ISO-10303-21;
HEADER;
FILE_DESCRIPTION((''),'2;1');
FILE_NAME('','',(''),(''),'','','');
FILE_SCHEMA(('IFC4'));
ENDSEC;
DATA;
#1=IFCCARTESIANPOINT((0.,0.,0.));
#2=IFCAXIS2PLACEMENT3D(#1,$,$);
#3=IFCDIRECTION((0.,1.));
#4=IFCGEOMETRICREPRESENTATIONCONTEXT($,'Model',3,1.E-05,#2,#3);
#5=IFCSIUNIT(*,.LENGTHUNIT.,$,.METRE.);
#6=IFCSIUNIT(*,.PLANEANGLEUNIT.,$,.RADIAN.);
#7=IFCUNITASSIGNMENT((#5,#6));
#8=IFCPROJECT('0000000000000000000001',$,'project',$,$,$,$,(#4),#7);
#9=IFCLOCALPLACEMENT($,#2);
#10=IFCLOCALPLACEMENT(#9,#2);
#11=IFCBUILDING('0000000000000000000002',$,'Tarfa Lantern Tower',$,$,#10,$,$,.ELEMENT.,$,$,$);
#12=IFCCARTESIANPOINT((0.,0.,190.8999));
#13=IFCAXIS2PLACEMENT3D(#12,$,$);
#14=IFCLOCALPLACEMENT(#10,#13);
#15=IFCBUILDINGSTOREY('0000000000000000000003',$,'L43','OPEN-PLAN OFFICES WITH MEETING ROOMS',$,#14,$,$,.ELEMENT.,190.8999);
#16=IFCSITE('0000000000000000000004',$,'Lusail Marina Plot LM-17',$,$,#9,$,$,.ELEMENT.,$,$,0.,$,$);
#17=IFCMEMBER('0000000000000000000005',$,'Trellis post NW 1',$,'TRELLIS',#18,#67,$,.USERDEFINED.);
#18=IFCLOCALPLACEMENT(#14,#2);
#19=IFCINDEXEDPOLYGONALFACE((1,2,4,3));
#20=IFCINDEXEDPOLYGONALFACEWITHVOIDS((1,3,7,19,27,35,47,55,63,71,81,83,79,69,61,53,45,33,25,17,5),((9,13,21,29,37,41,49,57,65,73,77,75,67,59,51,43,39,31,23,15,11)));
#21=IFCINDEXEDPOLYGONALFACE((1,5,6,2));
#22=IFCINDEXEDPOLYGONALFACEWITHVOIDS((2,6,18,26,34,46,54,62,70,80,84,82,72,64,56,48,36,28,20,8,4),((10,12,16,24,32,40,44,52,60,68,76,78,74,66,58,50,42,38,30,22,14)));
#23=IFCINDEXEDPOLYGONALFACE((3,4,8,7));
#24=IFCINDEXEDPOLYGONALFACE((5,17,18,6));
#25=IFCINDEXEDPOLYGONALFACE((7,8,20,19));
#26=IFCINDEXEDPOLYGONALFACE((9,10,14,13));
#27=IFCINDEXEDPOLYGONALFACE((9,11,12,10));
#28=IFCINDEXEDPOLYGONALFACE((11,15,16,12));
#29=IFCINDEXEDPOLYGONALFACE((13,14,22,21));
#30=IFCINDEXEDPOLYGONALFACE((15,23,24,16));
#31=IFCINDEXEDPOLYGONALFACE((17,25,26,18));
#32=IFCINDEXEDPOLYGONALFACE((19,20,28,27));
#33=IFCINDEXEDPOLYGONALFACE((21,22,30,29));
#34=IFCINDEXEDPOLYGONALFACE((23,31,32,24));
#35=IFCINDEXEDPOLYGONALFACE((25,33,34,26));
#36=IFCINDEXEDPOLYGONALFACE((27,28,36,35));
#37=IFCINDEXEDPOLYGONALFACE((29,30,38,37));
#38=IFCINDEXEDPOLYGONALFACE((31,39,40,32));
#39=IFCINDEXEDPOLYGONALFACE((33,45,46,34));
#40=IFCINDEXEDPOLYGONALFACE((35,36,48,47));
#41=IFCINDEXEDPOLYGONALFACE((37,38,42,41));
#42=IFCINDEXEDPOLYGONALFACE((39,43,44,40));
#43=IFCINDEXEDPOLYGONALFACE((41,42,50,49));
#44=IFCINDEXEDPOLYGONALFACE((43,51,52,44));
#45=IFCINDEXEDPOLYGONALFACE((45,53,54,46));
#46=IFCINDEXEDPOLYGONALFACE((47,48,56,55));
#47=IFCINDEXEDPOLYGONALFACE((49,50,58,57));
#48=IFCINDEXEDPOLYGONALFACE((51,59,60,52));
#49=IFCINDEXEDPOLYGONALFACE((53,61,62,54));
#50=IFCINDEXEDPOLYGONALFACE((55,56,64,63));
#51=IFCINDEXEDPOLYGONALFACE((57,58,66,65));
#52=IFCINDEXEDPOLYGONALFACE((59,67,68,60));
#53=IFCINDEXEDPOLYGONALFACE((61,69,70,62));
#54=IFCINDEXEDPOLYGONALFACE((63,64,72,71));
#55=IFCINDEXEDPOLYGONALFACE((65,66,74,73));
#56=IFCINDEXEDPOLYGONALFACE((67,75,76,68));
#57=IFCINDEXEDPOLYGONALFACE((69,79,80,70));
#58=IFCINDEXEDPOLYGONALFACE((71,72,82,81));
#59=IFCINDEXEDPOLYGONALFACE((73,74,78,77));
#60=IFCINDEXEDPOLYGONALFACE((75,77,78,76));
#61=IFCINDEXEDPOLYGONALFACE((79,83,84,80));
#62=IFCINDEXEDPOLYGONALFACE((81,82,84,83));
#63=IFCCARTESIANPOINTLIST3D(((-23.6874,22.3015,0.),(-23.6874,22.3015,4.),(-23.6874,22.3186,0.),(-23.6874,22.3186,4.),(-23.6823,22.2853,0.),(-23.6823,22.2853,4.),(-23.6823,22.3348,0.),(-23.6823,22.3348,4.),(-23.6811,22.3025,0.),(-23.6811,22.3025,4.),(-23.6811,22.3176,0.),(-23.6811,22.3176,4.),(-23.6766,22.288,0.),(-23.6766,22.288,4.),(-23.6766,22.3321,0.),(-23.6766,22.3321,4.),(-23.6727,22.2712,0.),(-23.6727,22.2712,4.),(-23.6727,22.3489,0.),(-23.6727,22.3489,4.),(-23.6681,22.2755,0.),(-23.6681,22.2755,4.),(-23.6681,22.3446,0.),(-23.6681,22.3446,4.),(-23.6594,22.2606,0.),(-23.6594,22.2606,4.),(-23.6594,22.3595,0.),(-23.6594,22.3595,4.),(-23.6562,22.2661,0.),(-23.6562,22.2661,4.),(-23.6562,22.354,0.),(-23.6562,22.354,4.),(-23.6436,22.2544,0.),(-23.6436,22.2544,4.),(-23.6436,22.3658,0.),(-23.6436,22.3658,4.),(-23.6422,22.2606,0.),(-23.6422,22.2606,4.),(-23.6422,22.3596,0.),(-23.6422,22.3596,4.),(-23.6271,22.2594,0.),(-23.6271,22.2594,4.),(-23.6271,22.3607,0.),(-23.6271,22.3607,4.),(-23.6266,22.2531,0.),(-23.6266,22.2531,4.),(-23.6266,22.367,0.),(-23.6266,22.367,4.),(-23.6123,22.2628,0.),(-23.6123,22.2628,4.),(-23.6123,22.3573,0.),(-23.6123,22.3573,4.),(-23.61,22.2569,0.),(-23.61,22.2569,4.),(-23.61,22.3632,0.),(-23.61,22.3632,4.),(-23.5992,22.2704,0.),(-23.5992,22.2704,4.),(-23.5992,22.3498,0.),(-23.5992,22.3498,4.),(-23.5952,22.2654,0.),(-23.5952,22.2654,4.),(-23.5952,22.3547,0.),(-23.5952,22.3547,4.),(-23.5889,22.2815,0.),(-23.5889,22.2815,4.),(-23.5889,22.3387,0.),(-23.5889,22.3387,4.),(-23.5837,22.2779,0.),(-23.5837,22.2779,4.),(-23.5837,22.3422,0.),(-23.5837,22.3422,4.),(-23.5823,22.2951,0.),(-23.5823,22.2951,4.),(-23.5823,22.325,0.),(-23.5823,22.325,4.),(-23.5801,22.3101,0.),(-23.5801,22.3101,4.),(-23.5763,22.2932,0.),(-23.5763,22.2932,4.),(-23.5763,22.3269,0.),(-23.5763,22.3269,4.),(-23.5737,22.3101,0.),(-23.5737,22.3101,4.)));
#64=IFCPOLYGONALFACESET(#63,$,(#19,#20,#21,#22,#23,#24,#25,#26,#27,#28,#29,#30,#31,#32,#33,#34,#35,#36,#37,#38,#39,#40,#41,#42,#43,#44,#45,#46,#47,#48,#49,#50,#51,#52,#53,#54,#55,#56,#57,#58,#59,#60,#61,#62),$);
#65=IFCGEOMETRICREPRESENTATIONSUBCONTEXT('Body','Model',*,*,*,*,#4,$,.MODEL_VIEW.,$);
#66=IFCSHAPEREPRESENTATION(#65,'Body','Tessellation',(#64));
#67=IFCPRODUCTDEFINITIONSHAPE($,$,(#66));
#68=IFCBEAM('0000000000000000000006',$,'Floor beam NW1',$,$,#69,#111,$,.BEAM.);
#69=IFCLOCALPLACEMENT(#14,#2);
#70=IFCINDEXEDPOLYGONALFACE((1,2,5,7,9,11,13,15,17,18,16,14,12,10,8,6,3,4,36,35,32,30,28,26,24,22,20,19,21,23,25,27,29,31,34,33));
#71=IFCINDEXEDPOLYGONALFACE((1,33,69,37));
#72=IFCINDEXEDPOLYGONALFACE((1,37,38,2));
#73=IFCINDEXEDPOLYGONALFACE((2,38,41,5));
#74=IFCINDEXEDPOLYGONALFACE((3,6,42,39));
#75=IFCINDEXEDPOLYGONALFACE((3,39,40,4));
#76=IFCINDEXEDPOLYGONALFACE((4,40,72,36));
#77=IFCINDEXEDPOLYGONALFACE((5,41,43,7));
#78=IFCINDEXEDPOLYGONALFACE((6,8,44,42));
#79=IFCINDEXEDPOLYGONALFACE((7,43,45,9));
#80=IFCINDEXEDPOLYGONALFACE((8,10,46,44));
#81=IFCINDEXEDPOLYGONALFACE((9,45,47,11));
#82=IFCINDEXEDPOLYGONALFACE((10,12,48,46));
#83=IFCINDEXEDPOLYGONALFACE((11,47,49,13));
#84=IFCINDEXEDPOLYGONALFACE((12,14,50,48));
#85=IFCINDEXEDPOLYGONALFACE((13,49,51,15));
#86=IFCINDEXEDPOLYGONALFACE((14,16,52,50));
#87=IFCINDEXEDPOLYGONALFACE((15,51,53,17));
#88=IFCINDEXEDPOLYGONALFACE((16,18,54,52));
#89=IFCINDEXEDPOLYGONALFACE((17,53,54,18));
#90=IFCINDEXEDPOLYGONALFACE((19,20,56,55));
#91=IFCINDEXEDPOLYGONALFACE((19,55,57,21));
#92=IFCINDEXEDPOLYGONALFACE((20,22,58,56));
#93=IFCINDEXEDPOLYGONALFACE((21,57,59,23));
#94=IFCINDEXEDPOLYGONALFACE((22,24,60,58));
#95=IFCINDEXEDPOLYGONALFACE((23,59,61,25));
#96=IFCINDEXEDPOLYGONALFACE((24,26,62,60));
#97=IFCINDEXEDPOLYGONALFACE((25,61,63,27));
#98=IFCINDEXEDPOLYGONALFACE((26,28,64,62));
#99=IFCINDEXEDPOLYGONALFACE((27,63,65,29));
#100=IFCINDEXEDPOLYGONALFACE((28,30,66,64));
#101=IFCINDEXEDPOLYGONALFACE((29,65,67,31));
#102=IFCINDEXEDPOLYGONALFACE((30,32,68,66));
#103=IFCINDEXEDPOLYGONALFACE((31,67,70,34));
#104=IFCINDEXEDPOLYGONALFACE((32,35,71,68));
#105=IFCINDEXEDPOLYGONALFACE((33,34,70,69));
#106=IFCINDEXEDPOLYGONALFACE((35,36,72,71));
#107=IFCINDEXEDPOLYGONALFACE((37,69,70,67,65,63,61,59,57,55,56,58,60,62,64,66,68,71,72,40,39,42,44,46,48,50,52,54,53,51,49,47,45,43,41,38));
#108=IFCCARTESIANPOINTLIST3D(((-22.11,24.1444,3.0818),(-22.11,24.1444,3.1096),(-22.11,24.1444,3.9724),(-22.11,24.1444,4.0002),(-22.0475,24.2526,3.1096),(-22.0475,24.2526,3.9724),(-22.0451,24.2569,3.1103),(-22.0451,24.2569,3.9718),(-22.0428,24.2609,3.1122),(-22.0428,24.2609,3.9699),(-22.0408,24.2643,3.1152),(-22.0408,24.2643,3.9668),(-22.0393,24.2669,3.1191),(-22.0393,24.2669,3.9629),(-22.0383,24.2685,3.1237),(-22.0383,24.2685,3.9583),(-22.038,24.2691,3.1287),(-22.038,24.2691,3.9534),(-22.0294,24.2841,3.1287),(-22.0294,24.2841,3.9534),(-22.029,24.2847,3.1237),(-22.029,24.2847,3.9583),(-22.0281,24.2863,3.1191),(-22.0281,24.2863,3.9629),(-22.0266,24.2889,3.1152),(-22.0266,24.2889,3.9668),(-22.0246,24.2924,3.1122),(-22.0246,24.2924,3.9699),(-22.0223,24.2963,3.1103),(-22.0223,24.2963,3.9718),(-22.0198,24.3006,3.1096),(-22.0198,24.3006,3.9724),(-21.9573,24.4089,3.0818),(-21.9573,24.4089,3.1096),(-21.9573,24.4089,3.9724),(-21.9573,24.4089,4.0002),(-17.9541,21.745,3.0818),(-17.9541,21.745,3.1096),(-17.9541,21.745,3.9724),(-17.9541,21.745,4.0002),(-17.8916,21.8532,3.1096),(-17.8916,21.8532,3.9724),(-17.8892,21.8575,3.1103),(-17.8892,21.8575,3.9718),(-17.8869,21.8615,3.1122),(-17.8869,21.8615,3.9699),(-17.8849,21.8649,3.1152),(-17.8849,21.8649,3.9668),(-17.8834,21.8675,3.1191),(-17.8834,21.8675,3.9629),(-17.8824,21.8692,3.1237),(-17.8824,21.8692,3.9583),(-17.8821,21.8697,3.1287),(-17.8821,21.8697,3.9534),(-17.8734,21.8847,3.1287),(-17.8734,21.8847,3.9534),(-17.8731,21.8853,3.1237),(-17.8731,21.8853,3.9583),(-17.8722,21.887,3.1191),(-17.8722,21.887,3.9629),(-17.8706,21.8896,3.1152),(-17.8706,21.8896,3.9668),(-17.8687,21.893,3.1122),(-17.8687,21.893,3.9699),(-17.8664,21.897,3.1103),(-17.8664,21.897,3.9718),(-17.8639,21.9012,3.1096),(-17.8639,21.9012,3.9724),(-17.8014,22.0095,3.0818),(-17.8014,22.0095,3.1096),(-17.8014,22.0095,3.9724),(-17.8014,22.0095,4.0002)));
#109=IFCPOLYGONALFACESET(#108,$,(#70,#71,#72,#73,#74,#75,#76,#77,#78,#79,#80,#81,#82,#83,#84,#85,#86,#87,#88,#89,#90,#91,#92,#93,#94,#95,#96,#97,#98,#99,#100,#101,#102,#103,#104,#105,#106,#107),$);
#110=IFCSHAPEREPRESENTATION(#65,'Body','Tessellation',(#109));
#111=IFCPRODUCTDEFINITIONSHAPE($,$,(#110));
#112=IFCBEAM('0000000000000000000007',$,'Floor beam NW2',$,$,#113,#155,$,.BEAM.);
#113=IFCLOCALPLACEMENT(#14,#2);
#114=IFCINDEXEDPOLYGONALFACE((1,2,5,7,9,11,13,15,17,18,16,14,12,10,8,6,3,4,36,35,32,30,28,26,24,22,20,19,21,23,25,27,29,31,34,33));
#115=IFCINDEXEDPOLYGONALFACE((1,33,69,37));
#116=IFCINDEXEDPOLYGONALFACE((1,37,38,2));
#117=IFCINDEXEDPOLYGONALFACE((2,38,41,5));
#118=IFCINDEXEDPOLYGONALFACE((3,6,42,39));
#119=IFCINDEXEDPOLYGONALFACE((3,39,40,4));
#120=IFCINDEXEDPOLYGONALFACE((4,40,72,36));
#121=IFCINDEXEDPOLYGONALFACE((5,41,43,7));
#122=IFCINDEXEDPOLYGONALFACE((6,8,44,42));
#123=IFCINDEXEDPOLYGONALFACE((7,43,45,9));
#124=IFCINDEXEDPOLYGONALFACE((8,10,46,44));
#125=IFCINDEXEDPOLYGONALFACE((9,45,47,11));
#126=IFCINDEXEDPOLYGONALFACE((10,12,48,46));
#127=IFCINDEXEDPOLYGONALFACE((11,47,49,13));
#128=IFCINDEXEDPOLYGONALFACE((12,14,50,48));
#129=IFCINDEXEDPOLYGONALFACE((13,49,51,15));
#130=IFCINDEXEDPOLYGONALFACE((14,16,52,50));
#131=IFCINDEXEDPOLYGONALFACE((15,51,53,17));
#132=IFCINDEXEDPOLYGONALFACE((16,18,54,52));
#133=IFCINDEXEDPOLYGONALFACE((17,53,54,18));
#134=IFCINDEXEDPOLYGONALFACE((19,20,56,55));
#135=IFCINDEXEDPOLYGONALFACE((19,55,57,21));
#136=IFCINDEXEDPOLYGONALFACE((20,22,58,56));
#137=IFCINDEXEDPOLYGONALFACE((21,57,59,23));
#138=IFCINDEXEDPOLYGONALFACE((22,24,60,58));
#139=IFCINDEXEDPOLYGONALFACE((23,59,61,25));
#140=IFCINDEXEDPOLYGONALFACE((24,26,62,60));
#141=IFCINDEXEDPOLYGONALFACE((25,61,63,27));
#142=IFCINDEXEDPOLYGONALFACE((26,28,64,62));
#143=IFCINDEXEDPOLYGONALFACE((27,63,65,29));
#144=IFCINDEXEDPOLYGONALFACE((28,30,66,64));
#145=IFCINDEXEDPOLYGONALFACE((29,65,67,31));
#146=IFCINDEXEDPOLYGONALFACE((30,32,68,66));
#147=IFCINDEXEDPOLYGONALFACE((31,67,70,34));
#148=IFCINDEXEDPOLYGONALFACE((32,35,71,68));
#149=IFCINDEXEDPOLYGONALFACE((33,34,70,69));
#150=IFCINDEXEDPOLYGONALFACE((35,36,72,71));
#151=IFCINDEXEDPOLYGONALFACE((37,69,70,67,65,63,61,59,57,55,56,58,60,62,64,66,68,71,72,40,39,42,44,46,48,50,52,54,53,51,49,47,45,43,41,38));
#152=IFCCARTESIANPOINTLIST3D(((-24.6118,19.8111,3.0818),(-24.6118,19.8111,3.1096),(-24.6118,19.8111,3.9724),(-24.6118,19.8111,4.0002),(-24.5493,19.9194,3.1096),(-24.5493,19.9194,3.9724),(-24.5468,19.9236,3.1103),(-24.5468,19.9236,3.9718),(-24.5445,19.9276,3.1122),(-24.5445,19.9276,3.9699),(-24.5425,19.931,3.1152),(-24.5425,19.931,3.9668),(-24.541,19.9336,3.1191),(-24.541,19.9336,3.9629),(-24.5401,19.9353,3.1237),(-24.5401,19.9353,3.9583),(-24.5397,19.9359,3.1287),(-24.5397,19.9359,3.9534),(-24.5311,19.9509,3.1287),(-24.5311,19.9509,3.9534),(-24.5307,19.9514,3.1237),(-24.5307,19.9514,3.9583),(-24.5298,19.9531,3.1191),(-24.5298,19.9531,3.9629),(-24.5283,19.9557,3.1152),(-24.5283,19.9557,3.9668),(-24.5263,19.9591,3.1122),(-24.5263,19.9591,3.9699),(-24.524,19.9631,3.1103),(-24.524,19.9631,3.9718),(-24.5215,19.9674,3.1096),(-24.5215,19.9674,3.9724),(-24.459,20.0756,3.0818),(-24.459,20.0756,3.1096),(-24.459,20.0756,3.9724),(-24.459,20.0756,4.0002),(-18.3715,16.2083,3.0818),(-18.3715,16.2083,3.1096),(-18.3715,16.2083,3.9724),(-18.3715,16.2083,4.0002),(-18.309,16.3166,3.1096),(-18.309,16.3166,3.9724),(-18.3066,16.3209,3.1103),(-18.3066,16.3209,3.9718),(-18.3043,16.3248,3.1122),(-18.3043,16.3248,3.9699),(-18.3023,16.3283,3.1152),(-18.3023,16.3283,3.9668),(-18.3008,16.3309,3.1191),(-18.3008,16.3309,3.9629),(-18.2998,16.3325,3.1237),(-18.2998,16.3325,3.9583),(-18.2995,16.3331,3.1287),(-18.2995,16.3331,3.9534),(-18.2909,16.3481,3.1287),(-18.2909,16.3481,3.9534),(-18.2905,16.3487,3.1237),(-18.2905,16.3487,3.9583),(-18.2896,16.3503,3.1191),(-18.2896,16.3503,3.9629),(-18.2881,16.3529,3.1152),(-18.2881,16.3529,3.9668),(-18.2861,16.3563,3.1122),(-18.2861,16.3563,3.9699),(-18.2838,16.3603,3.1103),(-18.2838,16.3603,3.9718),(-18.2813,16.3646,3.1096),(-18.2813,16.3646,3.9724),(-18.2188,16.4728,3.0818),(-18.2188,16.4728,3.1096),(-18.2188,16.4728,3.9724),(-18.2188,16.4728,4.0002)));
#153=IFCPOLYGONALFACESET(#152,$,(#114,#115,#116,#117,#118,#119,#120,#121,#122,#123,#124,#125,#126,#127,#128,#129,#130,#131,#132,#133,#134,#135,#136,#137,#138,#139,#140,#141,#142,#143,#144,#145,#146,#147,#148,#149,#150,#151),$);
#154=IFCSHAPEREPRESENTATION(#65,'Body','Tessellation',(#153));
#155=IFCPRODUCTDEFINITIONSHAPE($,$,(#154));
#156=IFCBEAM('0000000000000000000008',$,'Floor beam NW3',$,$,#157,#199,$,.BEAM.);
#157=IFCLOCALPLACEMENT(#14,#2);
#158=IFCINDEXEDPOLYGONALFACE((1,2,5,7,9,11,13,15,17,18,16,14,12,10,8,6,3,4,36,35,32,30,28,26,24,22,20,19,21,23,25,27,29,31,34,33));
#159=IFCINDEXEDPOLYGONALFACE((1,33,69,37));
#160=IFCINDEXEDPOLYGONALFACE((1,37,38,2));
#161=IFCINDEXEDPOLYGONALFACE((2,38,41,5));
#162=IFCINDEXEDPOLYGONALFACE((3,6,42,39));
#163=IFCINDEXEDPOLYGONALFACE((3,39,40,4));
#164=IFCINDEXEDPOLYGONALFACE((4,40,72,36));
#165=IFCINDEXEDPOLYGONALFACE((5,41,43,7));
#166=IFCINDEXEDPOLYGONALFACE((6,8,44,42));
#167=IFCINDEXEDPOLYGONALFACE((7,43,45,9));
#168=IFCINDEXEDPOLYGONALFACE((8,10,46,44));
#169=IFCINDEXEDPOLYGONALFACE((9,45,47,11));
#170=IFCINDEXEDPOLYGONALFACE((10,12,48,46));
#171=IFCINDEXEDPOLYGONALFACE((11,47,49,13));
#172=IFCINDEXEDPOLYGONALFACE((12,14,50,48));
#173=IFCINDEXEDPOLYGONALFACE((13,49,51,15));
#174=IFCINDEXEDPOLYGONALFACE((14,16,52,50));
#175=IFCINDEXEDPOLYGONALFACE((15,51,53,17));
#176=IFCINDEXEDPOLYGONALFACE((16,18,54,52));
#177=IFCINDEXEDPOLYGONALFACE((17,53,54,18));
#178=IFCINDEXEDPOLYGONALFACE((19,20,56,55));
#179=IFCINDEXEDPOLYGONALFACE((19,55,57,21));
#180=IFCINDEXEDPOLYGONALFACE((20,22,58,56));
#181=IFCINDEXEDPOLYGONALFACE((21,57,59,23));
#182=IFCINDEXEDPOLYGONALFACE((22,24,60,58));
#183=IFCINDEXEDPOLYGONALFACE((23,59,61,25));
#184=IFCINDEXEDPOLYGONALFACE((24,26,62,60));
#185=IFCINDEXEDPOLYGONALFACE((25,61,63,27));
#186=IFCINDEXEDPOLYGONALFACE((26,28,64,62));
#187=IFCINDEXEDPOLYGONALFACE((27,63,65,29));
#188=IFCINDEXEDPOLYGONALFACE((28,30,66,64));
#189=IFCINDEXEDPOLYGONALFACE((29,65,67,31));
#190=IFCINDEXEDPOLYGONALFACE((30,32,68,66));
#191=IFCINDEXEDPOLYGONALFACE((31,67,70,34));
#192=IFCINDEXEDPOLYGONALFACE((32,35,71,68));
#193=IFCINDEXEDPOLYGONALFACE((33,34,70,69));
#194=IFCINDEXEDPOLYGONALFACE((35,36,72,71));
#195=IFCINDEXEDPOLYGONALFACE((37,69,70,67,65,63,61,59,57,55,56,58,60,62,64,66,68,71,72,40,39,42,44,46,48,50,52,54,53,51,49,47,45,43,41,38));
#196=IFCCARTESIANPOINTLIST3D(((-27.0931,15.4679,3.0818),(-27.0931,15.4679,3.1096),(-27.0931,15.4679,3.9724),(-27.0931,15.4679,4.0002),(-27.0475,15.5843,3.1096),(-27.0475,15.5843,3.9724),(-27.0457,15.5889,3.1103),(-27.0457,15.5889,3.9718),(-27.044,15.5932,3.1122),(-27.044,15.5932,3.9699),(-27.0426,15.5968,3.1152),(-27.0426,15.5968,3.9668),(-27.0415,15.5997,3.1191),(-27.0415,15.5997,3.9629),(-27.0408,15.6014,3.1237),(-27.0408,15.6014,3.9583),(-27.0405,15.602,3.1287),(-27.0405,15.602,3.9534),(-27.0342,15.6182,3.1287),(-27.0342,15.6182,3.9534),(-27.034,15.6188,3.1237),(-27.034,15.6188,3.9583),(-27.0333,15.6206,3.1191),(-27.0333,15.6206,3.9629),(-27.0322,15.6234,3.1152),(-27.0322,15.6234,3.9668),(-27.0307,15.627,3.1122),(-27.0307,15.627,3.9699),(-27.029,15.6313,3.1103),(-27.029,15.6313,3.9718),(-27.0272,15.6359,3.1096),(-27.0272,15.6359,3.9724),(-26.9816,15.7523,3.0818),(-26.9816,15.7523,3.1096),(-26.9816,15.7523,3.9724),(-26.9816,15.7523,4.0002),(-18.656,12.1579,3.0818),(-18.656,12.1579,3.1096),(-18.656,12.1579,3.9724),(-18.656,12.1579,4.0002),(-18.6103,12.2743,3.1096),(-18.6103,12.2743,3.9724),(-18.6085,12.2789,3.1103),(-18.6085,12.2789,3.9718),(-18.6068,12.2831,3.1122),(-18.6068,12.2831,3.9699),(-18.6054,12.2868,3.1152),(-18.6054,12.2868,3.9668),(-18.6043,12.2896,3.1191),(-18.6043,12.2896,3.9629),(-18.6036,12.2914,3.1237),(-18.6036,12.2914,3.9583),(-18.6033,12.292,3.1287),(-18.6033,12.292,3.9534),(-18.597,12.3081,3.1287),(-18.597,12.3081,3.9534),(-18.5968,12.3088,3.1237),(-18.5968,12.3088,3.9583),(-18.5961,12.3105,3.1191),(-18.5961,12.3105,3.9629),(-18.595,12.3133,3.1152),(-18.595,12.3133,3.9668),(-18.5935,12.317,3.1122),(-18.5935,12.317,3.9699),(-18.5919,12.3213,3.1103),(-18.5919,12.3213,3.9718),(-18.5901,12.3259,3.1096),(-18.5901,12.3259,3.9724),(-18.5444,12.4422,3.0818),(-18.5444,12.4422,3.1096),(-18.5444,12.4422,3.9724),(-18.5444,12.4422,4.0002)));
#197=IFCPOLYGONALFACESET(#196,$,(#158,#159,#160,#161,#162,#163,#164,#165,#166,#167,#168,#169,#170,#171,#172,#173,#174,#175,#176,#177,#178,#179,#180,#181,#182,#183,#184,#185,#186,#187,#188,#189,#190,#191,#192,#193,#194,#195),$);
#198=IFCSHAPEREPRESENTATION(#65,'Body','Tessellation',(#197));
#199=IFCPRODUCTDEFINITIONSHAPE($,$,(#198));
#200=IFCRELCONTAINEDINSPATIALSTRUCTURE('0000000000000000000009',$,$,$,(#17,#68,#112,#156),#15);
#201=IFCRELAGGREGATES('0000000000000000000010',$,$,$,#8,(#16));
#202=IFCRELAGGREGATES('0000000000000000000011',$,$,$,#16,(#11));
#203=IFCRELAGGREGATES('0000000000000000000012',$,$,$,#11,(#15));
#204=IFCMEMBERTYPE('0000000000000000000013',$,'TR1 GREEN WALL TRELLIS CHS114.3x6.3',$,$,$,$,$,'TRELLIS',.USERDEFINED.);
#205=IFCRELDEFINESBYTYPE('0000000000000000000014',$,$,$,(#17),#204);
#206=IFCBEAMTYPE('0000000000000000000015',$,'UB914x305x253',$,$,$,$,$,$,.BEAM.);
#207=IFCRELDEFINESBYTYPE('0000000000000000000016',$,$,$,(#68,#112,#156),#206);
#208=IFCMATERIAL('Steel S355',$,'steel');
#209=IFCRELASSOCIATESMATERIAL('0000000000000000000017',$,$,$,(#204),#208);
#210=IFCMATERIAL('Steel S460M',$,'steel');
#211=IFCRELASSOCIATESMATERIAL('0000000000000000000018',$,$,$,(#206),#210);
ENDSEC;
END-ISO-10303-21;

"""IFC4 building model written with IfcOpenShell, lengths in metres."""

from ifc_helpers import new_model, si_unit, direction, frame, origin, origin_2d, place, context, subcontext, project, spatial, hollow_circle, i_section, extrude, material, material_profile, profile_set, type_object, element, save


model = new_model("IFC4")

# Units and contexts
model_context = context("Model", 3, precision=1e-05, world=origin(), true_north=direction((0.0, 1.0)))
body_context = subcontext(model_context, "Body", "Model", "MODEL_VIEW")
ifc_project = project(units=[si_unit("LENGTHUNIT", "METRE"), si_unit("PLANEANGLEUNIT", "RADIAN")], contexts=[model_context])

# Site, building, storey
site_placement = place(None, origin())
site = spatial("IfcSite", under=ifc_project, at=site_placement, Name="Lusail Marina Plot LM-17", CompositionType="ELEMENT", RefElevation=0.0)
building_placement = place(site_placement, origin())
building = spatial("IfcBuilding", under=site, at=building_placement, Name="Tarfa Lantern Tower", CompositionType="ELEMENT")
storey_placement = place(building_placement, frame((0.0, 0.0, 190.8999)))
storey = spatial("IfcBuildingStorey", under=building, at=storey_placement, Name="L43", Description="OPEN-PLAN OFFICES WITH MEETING ROOMS", CompositionType="ELEMENT", Elevation=190.8999)

# Member
ifc_material_1 = material(Name="Steel S355", Category="steel")
ifc_material_profile_1 = material_profile(ifc_material_1, hollow_circle(Radius=0.0571, WallThickness=0.0063, at=origin_2d()), Name="CHS114.3x6.3")
ifc_profile_set_1 = profile_set([ifc_material_profile_1], Name="Steel S355")
member_type_1 = type_object("IfcMemberType", Name="TR1 GREEN WALL TRELLIS CHS114.3x6.3", ElementType="TRELLIS", PredefinedType="USERDEFINED", material=ifc_profile_set_1)
member_1_placement = place(storey_placement, frame((-23.6309, 22.3101, 0.0), z_axis=(0.0, 0.0, 1.0), x_axis=(1.0, 0.0, 0.0)))
element("IfcMember", 1, at=member_1_placement, inside=storey, type_object=member_type_1, Name="Trellis post NW 1", ObjectType="TRELLIS", PredefinedType="USERDEFINED", context=body_context, shape_type="SweptSolid", body=[
    extrude(hollow_circle(Radius=0.0571, WallThickness=0.0063, at=origin_2d()), origin(), (0.0, 0.0, 1.0), 4.0),
])

# Beams
ifc_material_2 = material(Name="Steel S460M", Category="steel")
ifc_material_profile_2 = material_profile(ifc_material_2, i_section(OverallWidth=0.3054, OverallDepth=0.9185, WebThickness=0.0173, FlangeThickness=0.0278, FilletRadius=0.019, at=origin_2d()), Name="UB914x305x253")
ifc_profile_set_2 = profile_set([ifc_material_profile_2], Name="Steel S460M")
beam_type_1 = type_object("IfcBeamType", Name="UB914x305x253", PredefinedType="BEAM", material=ifc_profile_set_2)
beam_1_placement = place(storey_placement, frame((-22.0337, 24.2766, 3.541), z_axis=(0.866031, -0.499991, 0.0), x_axis=(0.499991, 0.866031, 0.0)))
element("IfcBeam", 2, at=beam_1_placement, inside=storey, type_object=beam_type_1, Name="Floor beam NW1", PredefinedType="BEAM", context=body_context, shape_type="SweptSolid", body=[
    extrude(i_section(OverallWidth=0.3054, OverallDepth=0.9185, WebThickness=0.0173, FlangeThickness=0.0278, FilletRadius=0.019, at=origin_2d()), origin(), (0.0, 0.0, 1.0), 4.7988),
])
beam_2_placement = place(storey_placement, frame((-24.5354, 19.9434, 3.541), z_axis=(0.866026, -0.499998, 0.0), x_axis=(0.499998, 0.866026, 0.0)))
element("IfcBeam", 3, at=beam_2_placement, inside=storey, type_object=beam_type_1, Name="Floor beam NW2", PredefinedType="BEAM", context=body_context, shape_type="SweptSolid", body=[
    extrude(i_section(OverallWidth=0.3054, OverallDepth=0.9185, WebThickness=0.0173, FlangeThickness=0.0278, FilletRadius=0.019, at=origin_2d()), origin(), (0.0, 0.0, 1.0), 7.2056),
])
beam_3_placement = place(storey_placement, frame((-27.0374, 15.6101, 3.541), z_axis=(0.930923, -0.365215, 0.0), x_axis=(0.365215, 0.930923, 0.0)))
element("IfcBeam", 4, at=beam_3_placement, inside=storey, type_object=beam_type_1, Name="Floor beam NW3", PredefinedType="BEAM", context=body_context, shape_type="SweptSolid", body=[
    extrude(i_section(OverallWidth=0.3054, OverallDepth=0.9185, WebThickness=0.0173, FlangeThickness=0.0278, FilletRadius=0.019, at=origin_2d()), origin(), (0.0, 0.0, 1.0), 9.0632),
])

save(model, "model.ifc")
